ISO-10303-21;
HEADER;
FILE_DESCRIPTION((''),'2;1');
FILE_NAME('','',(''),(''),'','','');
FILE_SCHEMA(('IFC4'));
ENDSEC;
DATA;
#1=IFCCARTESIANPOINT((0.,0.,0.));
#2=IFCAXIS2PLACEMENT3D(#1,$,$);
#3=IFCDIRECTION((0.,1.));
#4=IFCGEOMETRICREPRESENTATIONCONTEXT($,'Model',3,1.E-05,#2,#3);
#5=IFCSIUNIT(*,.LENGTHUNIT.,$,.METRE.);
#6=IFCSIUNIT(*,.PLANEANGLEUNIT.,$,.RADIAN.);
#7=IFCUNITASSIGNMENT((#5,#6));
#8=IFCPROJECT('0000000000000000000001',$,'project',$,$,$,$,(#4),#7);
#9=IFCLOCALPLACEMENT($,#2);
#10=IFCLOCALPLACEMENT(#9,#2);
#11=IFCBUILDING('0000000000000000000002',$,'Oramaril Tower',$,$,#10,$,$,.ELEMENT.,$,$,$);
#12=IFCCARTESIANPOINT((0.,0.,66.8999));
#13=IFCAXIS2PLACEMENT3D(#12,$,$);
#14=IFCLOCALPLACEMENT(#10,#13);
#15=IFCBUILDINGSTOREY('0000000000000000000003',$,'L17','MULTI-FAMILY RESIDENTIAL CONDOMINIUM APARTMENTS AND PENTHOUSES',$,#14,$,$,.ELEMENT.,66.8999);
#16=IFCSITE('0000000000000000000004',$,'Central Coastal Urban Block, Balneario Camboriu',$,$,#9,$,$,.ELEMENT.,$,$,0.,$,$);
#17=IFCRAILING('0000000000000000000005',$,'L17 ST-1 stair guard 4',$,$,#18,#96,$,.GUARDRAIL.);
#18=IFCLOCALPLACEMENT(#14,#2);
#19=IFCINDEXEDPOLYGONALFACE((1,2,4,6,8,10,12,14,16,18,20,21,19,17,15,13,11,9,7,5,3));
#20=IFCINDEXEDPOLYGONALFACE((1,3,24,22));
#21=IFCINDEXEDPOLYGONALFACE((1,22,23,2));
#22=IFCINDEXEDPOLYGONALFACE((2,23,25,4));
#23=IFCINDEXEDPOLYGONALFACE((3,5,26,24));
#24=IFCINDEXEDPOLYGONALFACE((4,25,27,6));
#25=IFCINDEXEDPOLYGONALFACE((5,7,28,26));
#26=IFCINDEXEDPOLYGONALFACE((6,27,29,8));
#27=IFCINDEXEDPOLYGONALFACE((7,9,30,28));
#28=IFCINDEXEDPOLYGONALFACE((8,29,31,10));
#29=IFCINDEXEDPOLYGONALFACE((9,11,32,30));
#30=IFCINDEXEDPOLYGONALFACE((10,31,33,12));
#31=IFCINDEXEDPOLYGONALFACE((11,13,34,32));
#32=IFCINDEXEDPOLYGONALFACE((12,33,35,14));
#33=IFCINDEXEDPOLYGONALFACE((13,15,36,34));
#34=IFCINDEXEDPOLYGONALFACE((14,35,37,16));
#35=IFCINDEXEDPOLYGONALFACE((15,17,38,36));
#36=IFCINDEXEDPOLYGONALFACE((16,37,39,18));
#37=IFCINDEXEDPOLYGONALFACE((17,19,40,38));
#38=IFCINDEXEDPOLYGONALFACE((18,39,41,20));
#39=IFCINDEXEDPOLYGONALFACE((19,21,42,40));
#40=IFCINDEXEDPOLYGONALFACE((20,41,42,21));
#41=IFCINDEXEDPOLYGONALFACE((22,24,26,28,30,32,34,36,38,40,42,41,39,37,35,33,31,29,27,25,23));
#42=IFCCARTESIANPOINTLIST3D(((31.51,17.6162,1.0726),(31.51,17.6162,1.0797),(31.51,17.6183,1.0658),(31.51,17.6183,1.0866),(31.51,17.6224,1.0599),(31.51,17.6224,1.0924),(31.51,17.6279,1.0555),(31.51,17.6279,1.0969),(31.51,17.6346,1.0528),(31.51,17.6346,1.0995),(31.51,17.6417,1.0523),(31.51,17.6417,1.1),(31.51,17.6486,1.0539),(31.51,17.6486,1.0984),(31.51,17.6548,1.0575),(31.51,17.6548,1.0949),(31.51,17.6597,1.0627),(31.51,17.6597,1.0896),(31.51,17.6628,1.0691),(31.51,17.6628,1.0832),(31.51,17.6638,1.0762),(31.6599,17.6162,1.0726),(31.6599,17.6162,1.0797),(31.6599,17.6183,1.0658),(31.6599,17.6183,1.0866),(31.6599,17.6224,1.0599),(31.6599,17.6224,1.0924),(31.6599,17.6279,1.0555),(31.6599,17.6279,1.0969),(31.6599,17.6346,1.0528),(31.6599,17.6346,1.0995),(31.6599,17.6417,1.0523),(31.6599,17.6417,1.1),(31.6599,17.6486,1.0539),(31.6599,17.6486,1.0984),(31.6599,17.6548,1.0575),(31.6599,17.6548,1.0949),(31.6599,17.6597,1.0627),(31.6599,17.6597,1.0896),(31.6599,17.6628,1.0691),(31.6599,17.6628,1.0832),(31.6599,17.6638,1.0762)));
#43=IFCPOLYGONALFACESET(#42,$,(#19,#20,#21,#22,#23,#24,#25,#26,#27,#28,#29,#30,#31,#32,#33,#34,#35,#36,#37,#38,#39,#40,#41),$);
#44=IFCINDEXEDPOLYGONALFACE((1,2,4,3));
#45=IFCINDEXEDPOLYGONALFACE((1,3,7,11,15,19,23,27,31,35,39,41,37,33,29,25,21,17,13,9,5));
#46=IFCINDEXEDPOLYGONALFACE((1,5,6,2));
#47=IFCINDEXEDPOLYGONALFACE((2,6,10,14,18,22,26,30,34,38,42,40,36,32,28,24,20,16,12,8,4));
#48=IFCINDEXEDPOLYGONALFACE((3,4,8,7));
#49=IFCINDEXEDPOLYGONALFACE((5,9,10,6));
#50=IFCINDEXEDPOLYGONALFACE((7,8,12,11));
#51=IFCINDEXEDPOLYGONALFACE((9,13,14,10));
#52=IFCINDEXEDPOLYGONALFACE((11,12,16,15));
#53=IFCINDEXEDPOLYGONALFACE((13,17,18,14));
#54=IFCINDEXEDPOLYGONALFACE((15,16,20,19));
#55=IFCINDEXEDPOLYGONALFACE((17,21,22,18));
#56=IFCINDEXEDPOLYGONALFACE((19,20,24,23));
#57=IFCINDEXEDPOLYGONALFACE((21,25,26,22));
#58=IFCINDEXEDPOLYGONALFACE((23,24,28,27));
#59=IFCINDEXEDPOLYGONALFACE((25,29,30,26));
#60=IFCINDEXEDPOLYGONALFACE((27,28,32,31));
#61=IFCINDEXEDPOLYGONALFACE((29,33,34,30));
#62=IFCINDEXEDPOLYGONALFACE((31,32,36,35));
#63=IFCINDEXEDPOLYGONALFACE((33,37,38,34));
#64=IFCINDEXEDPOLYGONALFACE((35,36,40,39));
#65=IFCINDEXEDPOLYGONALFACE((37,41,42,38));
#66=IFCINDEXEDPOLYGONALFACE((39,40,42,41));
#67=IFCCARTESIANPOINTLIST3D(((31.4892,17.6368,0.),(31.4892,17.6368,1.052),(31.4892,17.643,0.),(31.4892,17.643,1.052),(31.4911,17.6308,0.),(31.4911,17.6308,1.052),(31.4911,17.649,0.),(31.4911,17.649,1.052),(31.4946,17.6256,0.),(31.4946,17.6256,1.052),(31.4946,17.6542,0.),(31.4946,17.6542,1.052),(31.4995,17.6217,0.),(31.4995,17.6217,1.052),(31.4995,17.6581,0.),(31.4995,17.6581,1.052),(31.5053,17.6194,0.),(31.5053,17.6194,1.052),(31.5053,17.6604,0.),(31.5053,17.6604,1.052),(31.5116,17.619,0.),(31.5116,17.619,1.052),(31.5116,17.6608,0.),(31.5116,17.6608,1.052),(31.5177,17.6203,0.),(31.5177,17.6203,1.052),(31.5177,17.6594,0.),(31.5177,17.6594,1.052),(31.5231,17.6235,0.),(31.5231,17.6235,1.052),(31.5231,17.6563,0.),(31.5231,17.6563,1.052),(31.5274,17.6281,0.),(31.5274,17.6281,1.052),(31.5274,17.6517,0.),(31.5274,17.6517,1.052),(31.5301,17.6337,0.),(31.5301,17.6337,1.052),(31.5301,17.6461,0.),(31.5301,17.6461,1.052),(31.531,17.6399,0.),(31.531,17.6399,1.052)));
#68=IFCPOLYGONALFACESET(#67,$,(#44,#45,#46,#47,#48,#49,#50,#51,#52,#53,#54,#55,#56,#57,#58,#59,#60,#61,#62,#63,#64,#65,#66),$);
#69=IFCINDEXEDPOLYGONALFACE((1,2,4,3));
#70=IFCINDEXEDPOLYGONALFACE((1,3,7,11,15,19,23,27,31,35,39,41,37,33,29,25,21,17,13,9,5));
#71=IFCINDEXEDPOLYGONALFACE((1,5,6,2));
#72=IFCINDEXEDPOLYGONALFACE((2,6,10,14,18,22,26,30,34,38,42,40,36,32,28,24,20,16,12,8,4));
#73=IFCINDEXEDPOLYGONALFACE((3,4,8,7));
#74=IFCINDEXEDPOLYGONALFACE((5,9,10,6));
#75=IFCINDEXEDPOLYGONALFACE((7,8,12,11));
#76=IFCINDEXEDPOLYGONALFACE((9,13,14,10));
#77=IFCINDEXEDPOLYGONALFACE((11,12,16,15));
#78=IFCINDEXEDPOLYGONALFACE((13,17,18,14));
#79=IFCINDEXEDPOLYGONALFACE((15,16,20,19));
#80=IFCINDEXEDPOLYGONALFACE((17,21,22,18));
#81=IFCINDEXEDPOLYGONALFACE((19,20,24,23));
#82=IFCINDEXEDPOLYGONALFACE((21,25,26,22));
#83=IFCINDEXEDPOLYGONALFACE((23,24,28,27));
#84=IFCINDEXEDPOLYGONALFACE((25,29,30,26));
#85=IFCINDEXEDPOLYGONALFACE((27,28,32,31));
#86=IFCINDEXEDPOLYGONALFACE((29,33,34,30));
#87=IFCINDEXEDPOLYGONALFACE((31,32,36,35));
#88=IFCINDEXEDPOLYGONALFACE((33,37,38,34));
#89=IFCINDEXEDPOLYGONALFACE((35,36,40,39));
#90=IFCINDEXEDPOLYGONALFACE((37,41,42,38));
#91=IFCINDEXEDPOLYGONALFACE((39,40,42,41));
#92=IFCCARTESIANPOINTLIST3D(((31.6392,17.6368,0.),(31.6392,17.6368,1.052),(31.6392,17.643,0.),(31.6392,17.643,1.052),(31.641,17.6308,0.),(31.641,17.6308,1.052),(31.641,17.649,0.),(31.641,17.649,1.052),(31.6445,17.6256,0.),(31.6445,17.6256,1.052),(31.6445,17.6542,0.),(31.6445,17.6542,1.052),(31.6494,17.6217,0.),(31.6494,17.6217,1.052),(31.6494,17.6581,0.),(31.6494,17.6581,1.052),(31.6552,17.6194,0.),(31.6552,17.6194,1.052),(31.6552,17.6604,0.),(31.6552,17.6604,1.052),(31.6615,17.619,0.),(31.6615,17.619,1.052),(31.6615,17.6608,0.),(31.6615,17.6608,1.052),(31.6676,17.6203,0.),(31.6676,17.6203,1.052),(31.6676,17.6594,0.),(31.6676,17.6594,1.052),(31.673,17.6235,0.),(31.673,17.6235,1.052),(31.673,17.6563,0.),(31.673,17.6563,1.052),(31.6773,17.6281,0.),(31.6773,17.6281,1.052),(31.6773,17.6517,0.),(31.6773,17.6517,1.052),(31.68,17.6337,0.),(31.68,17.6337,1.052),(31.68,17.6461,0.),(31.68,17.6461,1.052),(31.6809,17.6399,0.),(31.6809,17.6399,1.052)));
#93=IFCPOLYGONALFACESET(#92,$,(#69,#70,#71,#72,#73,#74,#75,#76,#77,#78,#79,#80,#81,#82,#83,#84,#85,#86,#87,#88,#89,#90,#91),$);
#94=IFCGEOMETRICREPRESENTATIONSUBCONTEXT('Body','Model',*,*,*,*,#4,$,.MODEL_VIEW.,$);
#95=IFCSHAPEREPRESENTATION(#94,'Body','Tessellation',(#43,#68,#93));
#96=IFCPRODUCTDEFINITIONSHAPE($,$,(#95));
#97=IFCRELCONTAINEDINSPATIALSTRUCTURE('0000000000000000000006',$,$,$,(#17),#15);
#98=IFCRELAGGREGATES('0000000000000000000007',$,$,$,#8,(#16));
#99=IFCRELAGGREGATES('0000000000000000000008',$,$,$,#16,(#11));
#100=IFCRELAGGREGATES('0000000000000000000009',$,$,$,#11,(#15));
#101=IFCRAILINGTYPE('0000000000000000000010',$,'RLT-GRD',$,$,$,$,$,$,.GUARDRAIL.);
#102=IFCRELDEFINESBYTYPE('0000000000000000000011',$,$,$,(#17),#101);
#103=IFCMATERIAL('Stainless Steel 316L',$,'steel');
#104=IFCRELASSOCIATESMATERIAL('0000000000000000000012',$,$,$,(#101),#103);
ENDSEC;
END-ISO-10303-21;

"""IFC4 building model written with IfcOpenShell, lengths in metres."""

from ifc_helpers import new_model, si_unit, direction, frame, origin, origin_2d, place, context, subcontext, project, spatial, circle, extrude, material, type_object, element, save


model = new_model("IFC4")

# Units and contexts
model_context = context("Model", 3, precision=1e-05, world=origin(), true_north=direction((0.0, 1.0)))
body_context = subcontext(model_context, "Body", "Model", "MODEL_VIEW")
ifc_project = project(units=[si_unit("LENGTHUNIT", "METRE"), si_unit("PLANEANGLEUNIT", "RADIAN")], contexts=[model_context])

# Site, building, storey
site_placement = place(None, origin())
site = spatial("IfcSite", under=ifc_project, at=site_placement, Name="Central Coastal Urban Block, Balneario Camboriu", CompositionType="ELEMENT", RefElevation=0.0)
building_placement = place(site_placement, origin())
building = spatial("IfcBuilding", under=site, at=building_placement, Name="Oramaril Tower", CompositionType="ELEMENT")
storey_placement = place(building_placement, frame((0.0, 0.0, 66.8999)))
storey = spatial("IfcBuildingStorey", under=building, at=storey_placement, Name="L17", Description="MULTI-FAMILY RESIDENTIAL CONDOMINIUM APARTMENTS AND PENTHOUSES", CompositionType="ELEMENT", Elevation=66.8999)

# Railing
ifc_material_1 = material(Name="Stainless Steel 316L", Category="steel")
railing_type_1 = type_object("IfcRailingType", Name="RLT-GRD", PredefinedType="GUARDRAIL", material=ifc_material_1)
railing_1_placement = place(storey_placement, frame((31.51, 17.6399, 0.0)))
element("IfcRailing", 1, at=railing_1_placement, inside=storey, type_object=railing_type_1, Name="L17 ST-1 stair guard 4", PredefinedType="GUARDRAIL", context=body_context, shape_type="SweptSolid", body=[
    extrude(circle(Radius=0.0239, at=origin_2d()), frame((0.0, 0.0, 1.0762), z_axis=(1.0, 0.0, 0.0), x_axis=(0.0, 1.0, 0.0)), (0.0, 0.0, 1.0), 0.1499),
    extrude(circle(Radius=0.021, at=origin_2d()), origin(), (0.0, 0.0, 1.0), 1.052),
    extrude(circle(Radius=0.021, at=origin_2d()), frame((0.1499, 0.0, 0.0)), (0.0, 0.0, 1.0), 1.052),
])

save(model, "model.ifc")
